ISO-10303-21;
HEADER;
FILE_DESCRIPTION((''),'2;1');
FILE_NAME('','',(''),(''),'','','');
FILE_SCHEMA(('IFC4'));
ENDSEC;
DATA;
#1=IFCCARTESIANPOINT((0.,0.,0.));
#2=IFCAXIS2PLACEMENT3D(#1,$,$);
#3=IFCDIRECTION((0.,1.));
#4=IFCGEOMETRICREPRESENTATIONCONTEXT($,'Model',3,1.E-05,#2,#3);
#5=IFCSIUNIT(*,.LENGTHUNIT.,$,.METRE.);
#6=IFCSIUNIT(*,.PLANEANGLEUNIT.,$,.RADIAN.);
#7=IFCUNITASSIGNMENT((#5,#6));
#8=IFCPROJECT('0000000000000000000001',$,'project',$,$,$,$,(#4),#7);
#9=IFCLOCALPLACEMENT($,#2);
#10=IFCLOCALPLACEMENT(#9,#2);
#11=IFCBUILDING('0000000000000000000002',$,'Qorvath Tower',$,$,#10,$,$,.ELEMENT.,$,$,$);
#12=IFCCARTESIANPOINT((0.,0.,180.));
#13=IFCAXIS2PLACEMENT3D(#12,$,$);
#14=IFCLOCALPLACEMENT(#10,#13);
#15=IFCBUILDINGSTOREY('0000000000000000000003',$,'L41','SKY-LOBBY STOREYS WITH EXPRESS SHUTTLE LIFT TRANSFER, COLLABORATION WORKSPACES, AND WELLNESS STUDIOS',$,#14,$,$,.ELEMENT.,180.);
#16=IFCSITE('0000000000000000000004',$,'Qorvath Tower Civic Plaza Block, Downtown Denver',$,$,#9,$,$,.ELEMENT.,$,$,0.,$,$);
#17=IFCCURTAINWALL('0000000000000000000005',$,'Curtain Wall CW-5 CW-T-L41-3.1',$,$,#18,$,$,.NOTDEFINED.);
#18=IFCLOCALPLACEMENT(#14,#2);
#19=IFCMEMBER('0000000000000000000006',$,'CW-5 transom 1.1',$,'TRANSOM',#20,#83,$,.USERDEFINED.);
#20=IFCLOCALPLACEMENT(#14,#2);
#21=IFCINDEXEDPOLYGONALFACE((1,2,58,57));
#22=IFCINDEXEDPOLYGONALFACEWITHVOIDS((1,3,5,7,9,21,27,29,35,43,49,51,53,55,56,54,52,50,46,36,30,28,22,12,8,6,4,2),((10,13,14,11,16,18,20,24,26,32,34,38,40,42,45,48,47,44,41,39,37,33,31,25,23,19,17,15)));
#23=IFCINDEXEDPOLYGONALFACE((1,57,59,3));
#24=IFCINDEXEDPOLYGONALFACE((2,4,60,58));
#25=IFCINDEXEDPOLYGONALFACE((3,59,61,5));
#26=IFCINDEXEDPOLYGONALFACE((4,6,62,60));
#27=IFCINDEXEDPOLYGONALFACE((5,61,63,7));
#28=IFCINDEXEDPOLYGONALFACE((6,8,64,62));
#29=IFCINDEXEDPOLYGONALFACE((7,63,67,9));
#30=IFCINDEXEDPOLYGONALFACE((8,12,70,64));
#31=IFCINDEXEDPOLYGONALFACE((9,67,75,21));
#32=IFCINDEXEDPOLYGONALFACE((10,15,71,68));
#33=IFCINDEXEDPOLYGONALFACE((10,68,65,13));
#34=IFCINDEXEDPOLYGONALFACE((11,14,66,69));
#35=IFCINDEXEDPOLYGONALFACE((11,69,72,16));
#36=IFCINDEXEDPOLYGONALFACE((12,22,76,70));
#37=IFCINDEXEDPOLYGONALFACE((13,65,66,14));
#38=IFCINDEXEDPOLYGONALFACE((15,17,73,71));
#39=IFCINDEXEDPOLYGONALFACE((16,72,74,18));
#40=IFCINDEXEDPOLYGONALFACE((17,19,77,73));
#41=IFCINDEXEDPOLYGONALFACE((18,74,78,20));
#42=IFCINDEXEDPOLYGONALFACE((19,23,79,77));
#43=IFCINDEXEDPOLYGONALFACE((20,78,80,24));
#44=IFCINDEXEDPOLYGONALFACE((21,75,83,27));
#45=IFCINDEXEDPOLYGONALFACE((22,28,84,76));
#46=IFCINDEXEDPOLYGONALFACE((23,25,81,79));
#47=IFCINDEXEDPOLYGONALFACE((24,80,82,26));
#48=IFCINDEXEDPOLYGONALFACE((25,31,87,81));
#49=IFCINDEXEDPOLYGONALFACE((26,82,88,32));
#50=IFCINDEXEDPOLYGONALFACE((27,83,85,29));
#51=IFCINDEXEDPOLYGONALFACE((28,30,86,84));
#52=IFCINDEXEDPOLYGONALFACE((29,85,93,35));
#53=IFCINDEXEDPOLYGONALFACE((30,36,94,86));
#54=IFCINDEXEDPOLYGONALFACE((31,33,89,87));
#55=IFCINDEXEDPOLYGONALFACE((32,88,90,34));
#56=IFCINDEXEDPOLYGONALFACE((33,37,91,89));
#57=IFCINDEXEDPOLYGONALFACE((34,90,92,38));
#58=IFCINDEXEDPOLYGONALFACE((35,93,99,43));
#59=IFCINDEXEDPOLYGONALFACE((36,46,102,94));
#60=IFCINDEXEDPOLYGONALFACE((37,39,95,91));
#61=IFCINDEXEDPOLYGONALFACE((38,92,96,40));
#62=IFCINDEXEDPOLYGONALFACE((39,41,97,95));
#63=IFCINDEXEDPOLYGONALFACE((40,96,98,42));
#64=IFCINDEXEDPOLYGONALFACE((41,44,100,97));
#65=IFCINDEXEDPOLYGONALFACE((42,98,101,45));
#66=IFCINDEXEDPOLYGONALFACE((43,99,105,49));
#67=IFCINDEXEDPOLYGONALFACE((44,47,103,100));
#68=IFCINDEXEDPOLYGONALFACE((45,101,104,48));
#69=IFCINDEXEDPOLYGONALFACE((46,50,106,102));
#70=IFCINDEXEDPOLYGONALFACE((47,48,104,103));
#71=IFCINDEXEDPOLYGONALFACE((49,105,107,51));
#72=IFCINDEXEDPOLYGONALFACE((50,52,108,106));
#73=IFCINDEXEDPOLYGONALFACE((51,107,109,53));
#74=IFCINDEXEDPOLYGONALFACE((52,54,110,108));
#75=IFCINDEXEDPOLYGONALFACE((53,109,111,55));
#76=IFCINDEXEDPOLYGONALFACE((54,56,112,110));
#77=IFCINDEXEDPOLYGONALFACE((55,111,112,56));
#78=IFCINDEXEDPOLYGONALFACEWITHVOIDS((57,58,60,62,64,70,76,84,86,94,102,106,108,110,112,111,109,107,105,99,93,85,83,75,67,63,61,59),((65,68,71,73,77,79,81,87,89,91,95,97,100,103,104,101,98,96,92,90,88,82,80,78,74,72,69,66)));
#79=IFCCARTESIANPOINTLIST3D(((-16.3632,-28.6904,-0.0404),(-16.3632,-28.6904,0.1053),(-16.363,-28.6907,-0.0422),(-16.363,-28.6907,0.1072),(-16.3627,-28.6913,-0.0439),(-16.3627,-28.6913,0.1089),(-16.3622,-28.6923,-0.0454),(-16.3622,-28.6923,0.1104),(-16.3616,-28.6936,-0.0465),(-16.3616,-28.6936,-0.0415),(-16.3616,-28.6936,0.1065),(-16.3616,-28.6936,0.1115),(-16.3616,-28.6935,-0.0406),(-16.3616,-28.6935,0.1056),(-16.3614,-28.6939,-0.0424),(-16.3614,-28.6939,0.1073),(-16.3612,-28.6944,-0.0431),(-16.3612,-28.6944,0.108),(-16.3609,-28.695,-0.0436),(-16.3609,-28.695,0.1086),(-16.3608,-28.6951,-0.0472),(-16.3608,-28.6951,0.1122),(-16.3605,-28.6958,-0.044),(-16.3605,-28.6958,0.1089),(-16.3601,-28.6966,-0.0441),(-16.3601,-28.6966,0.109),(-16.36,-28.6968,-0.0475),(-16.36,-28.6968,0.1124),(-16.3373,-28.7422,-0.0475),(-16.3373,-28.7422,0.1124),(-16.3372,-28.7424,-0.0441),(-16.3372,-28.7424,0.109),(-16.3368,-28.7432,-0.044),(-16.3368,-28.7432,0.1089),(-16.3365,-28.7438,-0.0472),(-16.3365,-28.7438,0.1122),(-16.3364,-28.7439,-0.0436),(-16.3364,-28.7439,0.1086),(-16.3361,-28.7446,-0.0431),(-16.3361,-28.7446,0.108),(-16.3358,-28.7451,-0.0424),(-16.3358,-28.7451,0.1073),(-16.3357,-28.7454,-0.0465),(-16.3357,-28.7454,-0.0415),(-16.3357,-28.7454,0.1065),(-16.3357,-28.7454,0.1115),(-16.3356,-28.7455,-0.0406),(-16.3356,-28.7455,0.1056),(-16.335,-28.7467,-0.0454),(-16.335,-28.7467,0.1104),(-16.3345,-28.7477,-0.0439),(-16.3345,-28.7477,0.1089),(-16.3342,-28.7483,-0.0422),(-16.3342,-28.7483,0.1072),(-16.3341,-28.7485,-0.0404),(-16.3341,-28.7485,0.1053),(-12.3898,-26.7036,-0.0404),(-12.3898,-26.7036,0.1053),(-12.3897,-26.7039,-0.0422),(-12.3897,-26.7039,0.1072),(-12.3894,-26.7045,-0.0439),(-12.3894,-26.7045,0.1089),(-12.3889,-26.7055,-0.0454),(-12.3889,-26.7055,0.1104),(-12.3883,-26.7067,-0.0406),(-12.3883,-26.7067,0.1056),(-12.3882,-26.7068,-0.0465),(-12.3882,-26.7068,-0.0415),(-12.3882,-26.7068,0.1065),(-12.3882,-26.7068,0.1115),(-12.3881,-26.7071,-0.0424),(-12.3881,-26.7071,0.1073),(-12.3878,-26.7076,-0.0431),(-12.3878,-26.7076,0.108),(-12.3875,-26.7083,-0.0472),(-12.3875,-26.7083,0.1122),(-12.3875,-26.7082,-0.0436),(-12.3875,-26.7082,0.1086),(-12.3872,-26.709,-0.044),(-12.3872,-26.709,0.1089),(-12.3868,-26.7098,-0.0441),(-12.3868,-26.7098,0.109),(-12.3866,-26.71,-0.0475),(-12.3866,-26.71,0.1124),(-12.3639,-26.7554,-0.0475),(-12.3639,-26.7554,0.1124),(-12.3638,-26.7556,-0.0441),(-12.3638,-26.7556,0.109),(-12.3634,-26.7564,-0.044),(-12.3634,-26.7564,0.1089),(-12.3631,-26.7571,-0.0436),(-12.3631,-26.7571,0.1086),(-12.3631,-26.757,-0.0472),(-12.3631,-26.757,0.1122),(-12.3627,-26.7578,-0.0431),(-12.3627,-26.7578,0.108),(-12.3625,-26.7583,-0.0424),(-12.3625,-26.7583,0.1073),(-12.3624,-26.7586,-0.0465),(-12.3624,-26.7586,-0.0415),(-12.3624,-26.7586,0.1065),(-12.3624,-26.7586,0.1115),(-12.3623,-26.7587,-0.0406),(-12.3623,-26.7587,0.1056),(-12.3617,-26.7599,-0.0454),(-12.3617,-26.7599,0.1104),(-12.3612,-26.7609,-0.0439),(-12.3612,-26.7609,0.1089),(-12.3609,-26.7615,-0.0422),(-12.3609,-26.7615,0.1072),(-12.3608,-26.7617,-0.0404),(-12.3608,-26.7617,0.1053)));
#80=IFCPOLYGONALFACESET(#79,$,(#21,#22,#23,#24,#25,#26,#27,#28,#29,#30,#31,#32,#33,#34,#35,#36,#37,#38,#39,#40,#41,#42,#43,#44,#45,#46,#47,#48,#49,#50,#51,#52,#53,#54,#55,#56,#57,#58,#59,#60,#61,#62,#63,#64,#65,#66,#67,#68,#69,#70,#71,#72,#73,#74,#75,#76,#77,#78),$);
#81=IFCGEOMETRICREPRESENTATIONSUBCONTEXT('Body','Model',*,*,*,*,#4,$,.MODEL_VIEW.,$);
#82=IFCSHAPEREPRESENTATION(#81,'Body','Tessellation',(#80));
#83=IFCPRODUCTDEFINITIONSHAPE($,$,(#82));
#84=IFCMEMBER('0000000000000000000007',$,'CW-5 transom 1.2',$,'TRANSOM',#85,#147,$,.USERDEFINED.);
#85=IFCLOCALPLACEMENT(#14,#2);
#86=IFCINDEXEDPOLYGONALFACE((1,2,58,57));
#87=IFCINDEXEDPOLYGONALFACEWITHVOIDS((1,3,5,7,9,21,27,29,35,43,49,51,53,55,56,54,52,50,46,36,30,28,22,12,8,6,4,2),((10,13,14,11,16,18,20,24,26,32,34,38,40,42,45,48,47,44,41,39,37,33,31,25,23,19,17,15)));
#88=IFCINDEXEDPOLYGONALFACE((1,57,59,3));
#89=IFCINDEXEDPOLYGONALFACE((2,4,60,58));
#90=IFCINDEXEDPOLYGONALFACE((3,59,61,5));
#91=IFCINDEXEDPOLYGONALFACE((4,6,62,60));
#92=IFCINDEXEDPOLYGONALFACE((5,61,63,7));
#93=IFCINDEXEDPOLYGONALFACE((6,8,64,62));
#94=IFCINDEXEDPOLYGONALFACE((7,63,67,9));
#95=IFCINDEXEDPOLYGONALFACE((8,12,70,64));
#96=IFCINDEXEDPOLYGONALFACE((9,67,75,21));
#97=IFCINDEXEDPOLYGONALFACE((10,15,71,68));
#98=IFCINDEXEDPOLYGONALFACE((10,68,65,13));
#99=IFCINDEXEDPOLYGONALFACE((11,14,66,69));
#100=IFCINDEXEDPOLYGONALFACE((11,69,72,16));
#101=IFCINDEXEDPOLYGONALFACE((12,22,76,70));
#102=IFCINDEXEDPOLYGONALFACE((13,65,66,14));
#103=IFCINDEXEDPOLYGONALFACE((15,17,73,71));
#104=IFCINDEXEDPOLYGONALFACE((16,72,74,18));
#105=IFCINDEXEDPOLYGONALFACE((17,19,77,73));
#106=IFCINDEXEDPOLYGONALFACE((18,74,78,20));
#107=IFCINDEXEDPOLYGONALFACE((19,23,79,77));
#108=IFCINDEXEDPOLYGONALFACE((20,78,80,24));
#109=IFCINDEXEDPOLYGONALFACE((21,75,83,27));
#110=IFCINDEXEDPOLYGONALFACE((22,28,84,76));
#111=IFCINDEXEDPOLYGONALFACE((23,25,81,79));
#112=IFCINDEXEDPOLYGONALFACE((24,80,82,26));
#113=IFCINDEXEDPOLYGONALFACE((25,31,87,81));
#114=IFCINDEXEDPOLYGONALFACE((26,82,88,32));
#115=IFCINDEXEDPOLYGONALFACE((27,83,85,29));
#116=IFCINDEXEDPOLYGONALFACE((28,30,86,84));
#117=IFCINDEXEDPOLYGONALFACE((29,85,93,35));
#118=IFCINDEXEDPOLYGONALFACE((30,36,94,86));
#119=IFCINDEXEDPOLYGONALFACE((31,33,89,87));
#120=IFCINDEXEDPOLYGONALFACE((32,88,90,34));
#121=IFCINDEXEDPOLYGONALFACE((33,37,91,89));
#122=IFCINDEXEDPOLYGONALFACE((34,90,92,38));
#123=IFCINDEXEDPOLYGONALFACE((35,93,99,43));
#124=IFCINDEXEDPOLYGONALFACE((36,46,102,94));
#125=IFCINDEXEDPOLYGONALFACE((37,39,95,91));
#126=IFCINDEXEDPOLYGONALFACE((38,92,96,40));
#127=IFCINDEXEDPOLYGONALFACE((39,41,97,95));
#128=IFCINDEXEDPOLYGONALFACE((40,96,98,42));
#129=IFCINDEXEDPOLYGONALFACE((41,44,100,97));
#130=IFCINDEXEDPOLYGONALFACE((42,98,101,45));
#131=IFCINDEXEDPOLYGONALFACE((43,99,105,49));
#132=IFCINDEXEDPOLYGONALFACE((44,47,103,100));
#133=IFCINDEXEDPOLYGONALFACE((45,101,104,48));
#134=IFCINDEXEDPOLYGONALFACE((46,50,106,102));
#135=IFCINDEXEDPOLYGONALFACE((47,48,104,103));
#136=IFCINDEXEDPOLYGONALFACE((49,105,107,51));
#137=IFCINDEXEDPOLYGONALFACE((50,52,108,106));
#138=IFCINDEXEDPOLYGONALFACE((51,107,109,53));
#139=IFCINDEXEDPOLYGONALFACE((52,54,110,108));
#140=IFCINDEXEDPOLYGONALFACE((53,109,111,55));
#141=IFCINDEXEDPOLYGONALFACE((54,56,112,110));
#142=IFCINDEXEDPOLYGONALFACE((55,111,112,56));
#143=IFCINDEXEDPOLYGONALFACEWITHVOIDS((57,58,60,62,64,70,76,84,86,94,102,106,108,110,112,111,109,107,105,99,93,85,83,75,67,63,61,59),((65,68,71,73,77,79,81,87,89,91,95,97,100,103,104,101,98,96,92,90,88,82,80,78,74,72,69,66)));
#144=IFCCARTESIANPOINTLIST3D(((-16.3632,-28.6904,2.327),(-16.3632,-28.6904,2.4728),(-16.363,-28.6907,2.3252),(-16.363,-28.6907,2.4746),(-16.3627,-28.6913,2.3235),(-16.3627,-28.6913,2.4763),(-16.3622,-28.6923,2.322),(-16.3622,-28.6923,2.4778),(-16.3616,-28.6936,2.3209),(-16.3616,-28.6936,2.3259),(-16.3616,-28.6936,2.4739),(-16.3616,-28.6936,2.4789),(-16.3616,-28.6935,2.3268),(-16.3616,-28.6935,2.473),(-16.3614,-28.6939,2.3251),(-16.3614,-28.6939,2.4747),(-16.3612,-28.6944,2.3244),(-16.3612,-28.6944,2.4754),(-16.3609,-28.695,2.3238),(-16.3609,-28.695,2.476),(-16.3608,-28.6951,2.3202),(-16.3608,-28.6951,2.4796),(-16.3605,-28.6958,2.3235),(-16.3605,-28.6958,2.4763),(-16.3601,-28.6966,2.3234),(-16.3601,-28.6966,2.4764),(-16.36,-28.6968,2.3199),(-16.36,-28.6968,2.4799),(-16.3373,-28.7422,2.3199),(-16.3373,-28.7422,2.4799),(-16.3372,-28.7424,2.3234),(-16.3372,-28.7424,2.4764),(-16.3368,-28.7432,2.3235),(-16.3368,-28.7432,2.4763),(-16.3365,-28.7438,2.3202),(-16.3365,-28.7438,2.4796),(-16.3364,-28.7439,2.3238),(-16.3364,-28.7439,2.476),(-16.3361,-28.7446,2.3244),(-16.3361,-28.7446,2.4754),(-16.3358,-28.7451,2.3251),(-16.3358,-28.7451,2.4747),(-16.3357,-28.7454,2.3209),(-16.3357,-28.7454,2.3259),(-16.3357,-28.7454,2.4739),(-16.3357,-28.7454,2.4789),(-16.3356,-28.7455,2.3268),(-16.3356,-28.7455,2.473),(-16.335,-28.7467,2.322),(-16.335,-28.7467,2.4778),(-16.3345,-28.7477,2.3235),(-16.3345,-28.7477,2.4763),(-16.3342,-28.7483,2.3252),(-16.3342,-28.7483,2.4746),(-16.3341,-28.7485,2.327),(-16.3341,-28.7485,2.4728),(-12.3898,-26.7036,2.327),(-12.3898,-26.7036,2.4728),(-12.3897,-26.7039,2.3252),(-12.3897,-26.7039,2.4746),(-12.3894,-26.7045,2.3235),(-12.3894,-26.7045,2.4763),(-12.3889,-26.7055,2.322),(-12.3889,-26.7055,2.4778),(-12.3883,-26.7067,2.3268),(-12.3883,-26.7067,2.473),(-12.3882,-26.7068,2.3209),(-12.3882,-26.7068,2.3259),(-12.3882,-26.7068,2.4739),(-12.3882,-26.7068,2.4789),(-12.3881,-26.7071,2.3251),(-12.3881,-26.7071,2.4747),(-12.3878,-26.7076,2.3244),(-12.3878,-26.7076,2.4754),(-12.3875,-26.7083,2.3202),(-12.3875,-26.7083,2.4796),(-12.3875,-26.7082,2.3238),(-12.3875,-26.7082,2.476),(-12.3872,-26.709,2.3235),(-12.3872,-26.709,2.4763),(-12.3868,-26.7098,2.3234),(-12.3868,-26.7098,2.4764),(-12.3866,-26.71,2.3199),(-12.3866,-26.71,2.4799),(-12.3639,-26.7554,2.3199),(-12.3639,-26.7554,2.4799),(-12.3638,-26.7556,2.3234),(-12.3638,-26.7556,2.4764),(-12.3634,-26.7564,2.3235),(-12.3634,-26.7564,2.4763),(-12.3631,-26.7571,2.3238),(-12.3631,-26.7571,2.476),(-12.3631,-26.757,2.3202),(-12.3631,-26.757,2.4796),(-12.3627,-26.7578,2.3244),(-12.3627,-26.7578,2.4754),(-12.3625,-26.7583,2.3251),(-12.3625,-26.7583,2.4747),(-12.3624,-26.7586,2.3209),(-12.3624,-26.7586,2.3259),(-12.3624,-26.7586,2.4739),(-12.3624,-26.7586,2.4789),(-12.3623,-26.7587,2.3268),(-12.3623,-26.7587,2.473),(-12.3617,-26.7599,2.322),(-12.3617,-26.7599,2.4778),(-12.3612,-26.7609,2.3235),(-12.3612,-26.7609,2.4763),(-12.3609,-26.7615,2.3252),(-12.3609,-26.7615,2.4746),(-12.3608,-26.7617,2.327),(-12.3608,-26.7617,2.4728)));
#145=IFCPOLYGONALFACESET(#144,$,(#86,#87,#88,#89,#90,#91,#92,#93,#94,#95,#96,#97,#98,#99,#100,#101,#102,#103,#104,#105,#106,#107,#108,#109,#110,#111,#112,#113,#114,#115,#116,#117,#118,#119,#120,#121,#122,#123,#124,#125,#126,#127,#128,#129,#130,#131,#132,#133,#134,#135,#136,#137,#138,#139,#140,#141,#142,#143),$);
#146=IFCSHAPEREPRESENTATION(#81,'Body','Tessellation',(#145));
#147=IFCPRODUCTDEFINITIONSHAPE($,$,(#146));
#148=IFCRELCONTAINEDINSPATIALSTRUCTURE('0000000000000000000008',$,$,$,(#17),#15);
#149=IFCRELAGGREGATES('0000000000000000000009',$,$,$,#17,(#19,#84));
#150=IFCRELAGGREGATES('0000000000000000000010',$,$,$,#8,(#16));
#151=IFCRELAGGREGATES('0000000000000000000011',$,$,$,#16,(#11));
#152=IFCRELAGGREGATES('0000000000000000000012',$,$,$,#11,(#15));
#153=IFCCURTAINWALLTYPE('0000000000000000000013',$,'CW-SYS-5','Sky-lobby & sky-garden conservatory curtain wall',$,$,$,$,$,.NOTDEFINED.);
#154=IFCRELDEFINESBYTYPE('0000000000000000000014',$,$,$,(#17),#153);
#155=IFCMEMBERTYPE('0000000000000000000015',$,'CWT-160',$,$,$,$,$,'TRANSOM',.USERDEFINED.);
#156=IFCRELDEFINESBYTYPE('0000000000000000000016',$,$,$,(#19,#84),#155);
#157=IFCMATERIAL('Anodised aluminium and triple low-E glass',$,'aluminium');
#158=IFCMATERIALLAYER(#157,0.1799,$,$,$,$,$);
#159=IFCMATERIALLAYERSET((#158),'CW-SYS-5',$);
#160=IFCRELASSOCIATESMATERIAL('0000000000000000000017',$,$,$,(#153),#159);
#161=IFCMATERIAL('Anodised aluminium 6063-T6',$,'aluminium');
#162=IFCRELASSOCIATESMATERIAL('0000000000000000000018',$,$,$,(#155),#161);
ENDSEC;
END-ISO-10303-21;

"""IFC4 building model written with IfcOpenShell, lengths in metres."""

from ifc_helpers import new_model, si_unit, direction, frame, origin, origin_2d, place, context, subcontext, project, spatial, hollow_rectangle, extrude, material, layer, layer_set, material_profile, profile_set, type_object, element, aggregate, save


model = new_model("IFC4")

# Units and contexts
model_context = context("Model", 3, precision=1e-05, world=origin(), true_north=direction((0.0, 1.0)))
body_context = subcontext(model_context, "Body", "Model", "MODEL_VIEW")
ifc_project = project(units=[si_unit("LENGTHUNIT", "METRE"), si_unit("PLANEANGLEUNIT", "RADIAN")], contexts=[model_context])

# Site, building, storey
site_placement = place(None, origin())
site = spatial("IfcSite", under=ifc_project, at=site_placement, Name="Qorvath Tower Civic Plaza Block, Downtown Denver", CompositionType="ELEMENT", RefElevation=0.0)
building_placement = place(site_placement, origin())
building = spatial("IfcBuilding", under=site, at=building_placement, Name="Qorvath Tower", CompositionType="ELEMENT")
storey_placement = place(building_placement, frame((0.0, 0.0, 180.0)))
storey = spatial("IfcBuildingStorey", under=building, at=storey_placement, Name="L41", Description="SKY-LOBBY STOREYS WITH EXPRESS SHUTTLE LIFT TRANSFER, COLLABORATION WORKSPACES, AND WELLNESS STUDIOS", CompositionType="ELEMENT", Elevation=180.0)

# Shared definitions
ifc_material_1 = material(Name="Anodised aluminium and triple low-E glass", Category="aluminium")
ifc_layer_1 = layer(ifc_material_1, 0.1799)
ifc_layer_set_1 = layer_set([ifc_layer_1], Name="CW-SYS-5")
curtain_wall_type = type_object("IfcCurtainWallType", Name="CW-SYS-5", Description="Sky-lobby & sky-garden conservatory curtain wall", PredefinedType="NOTDEFINED", material=ifc_layer_set_1)

# Curtain wall
curtain_wall_1_placement = place(storey_placement, origin())
curtain_wall_1 = element("IfcCurtainWall", 1, at=curtain_wall_1_placement, inside=storey, type_object=curtain_wall_type, Name="Curtain Wall CW-5 CW-T-L41-3.1", PredefinedType="NOTDEFINED")

# Members
ifc_material_2 = material(Name="Anodised aluminium 6063-T6", Category="aluminium")
ifc_material_profile_1 = material_profile(ifc_material_2, hollow_rectangle(XDim=0.0649, YDim=0.1599, WallThickness=0.0034, InnerFilletRadius=0.0034, OuterFilletRadius=0.0071, at=origin_2d()), Name="CWT 160x65")
ifc_profile_set_1 = profile_set([ifc_material_profile_1], Name="Anodised aluminium 6063-T6")
member_type_1 = type_object("IfcMemberType", Name="CWT-160", ElementType="TRANSOM", PredefinedType="USERDEFINED", material=ifc_profile_set_1)
member_1_placement = place(storey_placement, frame((-16.3486, -28.7195, 0.0325), z_axis=(0.894416, 0.447236, 0.0), x_axis=(-0.447236, 0.894416, 0.0)))
member_1 = element("IfcMember", 2, at=member_1_placement, type_object=member_type_1, Name="CW-5 transom 1.1", ObjectType="TRANSOM", PredefinedType="USERDEFINED", context=body_context, shape_type="SweptSolid", body=[
    extrude(hollow_rectangle(XDim=0.0649, YDim=0.1599, WallThickness=0.0034, InnerFilletRadius=0.0034, OuterFilletRadius=0.0071, at=origin_2d()), origin(), (0.0, 0.0, 1.0), 4.4424),
])
member_2_placement = place(storey_placement, frame((-16.3486, -28.7195, 2.3999), z_axis=(0.894416, 0.447236, 0.0), x_axis=(-0.447236, 0.894416, 0.0)))
member_2 = element("IfcMember", 3, at=member_2_placement, type_object=member_type_1, Name="CW-5 transom 1.2", ObjectType="TRANSOM", PredefinedType="USERDEFINED", context=body_context, shape_type="SweptSolid", body=[
    extrude(hollow_rectangle(XDim=0.0649, YDim=0.1599, WallThickness=0.0034, InnerFilletRadius=0.0034, OuterFilletRadius=0.0071, at=origin_2d()), origin(), (0.0, 0.0, 1.0), 4.4424),
])

aggregate(curtain_wall_1, [member_1, member_2])

save(model, "model.ifc")
